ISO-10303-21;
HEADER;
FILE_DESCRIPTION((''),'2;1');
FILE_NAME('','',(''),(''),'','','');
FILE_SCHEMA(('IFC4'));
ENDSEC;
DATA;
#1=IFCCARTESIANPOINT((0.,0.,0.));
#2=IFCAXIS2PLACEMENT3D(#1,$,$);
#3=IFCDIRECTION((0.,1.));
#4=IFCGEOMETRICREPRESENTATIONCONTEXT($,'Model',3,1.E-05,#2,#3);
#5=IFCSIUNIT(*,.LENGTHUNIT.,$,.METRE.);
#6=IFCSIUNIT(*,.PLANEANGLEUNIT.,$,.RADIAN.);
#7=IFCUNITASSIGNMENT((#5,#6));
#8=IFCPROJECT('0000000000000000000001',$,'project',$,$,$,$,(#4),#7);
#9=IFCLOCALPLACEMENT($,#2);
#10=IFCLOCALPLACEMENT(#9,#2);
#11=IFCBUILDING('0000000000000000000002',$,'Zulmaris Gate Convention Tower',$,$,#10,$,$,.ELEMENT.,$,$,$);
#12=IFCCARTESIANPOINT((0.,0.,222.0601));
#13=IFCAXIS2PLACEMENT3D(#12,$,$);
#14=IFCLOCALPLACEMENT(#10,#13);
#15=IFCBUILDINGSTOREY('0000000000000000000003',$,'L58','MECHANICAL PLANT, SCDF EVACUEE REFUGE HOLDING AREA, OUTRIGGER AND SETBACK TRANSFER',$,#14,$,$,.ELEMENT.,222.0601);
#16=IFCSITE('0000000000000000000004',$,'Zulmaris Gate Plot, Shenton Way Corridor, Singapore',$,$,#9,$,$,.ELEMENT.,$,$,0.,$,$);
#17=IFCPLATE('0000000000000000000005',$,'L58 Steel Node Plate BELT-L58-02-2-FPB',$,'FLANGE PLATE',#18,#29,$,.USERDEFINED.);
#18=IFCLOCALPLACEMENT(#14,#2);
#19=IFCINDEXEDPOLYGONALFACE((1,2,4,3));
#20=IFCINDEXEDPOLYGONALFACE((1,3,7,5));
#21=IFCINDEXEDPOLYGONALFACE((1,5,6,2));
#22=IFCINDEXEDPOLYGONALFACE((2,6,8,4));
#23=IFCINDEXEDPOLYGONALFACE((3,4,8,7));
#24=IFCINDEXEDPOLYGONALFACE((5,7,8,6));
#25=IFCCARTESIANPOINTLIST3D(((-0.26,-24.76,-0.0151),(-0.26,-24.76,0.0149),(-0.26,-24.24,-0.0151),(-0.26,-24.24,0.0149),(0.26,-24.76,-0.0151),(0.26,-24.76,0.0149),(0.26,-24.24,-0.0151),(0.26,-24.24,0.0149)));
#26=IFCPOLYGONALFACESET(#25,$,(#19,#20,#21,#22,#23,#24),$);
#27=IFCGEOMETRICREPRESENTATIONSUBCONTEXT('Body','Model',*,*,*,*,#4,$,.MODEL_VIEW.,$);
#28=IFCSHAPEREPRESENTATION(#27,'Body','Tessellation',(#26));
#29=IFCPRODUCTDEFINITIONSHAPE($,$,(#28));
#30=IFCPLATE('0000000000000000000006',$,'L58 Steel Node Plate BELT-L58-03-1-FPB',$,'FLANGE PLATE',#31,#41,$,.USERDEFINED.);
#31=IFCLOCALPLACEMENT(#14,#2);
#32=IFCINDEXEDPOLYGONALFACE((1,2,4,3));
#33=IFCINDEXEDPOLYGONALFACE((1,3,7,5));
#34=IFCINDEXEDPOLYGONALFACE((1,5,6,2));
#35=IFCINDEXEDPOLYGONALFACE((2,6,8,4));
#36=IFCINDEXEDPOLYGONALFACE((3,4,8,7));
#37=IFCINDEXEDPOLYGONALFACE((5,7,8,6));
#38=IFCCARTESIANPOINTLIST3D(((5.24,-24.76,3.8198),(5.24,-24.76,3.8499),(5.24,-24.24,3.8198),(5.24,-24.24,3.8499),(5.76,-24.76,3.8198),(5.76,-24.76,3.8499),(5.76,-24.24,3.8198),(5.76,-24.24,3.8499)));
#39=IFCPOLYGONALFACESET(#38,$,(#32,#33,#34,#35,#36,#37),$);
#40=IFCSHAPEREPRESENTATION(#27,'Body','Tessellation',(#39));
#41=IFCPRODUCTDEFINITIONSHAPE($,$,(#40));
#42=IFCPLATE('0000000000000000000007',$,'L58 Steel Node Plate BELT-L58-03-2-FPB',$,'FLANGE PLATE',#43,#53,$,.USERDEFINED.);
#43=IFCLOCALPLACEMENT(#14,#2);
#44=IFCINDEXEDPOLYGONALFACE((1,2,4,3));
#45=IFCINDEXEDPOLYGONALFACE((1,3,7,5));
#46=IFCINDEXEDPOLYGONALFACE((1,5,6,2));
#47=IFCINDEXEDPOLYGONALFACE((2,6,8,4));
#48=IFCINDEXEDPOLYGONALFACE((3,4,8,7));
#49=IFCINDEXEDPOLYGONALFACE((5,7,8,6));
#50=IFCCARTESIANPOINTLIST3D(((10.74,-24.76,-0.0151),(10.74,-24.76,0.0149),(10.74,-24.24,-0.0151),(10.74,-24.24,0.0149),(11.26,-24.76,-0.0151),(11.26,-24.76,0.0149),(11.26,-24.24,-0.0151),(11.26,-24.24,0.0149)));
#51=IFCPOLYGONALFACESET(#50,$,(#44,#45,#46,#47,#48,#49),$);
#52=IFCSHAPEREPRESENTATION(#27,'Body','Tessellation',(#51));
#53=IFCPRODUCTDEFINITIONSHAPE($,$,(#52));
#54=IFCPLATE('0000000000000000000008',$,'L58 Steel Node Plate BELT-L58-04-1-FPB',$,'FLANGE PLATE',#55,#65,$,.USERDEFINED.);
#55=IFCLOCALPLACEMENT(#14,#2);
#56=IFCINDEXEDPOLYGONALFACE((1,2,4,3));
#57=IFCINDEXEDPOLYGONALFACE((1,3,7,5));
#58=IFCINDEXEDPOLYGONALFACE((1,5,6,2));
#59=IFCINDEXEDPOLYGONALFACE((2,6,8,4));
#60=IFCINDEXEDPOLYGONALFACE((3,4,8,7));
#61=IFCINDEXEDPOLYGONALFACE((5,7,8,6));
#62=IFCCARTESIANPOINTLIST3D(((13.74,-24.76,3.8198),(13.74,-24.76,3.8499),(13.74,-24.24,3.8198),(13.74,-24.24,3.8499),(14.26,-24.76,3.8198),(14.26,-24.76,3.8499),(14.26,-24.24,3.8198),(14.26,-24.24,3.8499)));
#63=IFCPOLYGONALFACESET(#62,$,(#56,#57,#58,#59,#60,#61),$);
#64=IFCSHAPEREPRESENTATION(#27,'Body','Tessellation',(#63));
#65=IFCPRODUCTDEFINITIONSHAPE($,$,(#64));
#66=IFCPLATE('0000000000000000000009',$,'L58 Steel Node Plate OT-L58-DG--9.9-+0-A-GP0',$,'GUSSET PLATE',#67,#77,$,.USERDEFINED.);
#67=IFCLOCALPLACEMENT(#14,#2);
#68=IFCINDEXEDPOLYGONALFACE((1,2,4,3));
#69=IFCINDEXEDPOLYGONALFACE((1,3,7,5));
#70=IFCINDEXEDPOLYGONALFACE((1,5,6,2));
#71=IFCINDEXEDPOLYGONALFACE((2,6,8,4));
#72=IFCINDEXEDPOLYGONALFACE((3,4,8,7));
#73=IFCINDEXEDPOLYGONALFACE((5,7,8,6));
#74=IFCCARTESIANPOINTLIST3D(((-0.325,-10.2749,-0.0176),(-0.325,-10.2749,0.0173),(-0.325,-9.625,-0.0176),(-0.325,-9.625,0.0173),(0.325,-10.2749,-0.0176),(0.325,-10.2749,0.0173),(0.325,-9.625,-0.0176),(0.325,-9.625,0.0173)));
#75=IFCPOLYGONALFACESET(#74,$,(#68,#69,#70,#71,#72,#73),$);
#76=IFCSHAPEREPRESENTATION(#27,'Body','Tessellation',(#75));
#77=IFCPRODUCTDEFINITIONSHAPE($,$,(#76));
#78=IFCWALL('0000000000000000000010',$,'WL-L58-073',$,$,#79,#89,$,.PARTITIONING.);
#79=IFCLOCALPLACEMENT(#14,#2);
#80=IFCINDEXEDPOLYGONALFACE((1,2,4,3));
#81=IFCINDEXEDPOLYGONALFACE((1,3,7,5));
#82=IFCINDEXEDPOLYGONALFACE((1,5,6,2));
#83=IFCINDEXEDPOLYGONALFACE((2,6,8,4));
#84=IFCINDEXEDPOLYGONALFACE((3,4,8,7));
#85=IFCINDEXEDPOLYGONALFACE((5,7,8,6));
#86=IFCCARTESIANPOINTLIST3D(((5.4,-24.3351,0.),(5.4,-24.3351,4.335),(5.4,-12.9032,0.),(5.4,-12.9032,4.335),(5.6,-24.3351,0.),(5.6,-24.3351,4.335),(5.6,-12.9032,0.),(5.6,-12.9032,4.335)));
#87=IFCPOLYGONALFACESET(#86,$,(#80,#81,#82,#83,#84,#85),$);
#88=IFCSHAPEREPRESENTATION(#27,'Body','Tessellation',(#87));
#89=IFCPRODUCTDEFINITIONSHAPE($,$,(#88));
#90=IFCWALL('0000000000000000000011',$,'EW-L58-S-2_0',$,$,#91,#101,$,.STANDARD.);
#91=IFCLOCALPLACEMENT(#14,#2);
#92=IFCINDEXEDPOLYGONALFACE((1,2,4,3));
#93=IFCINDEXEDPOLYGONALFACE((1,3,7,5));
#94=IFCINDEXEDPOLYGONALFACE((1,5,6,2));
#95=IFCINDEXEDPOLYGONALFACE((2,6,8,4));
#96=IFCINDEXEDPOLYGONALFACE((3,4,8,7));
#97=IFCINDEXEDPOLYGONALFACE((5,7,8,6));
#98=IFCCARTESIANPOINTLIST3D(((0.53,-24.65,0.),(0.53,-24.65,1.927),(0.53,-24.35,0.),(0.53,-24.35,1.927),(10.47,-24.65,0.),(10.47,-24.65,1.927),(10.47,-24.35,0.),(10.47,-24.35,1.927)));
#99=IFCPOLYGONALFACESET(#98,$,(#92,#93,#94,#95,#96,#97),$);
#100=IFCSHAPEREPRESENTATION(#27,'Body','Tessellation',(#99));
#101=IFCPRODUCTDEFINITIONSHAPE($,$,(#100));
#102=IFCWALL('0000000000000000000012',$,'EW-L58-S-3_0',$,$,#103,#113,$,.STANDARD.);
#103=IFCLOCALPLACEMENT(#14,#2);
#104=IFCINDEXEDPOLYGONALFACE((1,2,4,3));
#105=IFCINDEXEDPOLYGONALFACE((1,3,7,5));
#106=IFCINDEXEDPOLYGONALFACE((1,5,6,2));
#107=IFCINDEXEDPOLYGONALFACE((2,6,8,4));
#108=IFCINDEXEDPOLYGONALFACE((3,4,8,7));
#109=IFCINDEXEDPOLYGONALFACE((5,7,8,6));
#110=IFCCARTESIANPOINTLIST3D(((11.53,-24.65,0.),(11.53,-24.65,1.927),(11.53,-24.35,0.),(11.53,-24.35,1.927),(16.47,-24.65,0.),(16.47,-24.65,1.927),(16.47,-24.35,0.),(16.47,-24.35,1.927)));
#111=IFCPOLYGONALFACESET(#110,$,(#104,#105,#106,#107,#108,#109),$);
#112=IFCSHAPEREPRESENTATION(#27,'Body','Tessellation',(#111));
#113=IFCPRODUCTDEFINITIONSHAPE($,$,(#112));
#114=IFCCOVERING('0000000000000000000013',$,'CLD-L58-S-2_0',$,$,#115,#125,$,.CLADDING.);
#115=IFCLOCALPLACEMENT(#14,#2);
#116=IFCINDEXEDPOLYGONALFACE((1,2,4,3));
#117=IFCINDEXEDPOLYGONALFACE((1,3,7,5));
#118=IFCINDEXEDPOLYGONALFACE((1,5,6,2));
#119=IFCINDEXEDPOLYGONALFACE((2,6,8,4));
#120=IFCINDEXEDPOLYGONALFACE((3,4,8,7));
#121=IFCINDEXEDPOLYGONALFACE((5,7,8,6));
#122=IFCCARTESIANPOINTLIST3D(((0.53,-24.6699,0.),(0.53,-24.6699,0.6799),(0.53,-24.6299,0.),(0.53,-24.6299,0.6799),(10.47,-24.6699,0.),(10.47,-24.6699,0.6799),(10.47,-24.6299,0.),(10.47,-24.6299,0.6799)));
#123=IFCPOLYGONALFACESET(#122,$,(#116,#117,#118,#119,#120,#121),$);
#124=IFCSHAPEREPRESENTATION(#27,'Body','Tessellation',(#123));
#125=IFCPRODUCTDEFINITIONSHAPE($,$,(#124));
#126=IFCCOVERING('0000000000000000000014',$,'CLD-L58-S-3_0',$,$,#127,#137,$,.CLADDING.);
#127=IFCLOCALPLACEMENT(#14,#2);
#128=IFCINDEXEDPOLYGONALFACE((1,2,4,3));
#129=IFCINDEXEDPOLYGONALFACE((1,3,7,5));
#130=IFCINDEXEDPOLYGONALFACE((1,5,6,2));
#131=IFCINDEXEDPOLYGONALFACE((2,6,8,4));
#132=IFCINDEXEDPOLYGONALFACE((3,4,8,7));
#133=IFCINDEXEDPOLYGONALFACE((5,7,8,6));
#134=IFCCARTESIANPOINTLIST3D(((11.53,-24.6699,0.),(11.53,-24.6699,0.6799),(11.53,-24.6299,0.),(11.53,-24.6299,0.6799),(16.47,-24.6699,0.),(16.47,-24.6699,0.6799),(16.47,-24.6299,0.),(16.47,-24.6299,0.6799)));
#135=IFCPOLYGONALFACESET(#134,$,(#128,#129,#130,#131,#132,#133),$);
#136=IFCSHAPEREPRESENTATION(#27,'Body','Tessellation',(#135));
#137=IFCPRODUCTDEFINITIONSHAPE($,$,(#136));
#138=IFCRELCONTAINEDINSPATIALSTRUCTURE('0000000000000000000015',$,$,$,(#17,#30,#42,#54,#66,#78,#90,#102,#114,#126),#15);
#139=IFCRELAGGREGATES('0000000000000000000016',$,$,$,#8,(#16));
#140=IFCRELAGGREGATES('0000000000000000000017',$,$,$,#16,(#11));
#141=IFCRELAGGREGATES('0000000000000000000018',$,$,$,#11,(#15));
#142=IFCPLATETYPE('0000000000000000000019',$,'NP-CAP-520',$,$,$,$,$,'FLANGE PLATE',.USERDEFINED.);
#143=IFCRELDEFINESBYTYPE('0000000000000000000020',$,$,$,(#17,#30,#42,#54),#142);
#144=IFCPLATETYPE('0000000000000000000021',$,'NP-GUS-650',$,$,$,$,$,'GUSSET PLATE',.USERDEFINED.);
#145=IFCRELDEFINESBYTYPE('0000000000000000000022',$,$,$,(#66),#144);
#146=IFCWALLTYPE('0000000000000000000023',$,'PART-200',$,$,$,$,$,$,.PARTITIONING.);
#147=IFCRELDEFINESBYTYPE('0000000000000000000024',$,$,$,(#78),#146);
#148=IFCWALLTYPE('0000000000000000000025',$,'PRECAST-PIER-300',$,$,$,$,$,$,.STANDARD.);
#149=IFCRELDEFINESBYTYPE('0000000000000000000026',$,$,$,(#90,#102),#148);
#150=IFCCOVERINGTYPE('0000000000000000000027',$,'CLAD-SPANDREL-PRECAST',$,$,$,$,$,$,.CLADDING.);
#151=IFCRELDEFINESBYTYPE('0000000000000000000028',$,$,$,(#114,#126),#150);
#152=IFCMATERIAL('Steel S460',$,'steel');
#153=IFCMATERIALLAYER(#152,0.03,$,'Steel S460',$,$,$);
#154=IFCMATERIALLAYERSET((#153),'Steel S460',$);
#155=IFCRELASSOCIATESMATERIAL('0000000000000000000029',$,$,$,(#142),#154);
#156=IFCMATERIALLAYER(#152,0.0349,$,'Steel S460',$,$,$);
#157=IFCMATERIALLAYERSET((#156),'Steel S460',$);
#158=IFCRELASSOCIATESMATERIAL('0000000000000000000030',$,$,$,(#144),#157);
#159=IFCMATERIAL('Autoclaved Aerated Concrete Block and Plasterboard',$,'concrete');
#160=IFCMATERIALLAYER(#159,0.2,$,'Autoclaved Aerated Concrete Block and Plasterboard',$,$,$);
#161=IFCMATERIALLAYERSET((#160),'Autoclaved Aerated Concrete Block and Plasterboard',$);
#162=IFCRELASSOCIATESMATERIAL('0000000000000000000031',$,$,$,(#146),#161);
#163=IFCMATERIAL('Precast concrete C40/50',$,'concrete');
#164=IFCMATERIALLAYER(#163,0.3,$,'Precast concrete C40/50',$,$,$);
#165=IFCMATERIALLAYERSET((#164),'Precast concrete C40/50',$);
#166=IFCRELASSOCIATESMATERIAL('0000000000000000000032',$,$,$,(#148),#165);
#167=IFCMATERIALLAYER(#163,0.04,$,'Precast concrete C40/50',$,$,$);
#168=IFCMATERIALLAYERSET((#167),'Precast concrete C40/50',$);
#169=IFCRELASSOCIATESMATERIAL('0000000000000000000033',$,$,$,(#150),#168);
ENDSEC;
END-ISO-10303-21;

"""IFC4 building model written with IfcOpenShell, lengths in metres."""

from ifc_helpers import new_model, si_unit, direction, frame, frame_2d, origin, origin_2d, place, context, subcontext, project, spatial, rectangle, extrude, material, layer, layer_set, type_object, element, save


model = new_model("IFC4")

# Units and contexts
model_context = context("Model", 3, precision=1e-05, world=origin(), true_north=direction((0.0, 1.0)))
body_context = subcontext(model_context, "Body", "Model", "MODEL_VIEW")
ifc_project = project(units=[si_unit("LENGTHUNIT", "METRE"), si_unit("PLANEANGLEUNIT", "RADIAN")], contexts=[model_context])

# Site, building, storey
site_placement = place(None, origin())
site = spatial("IfcSite", under=ifc_project, at=site_placement, Name="Zulmaris Gate Plot, Shenton Way Corridor, Singapore", CompositionType="ELEMENT", RefElevation=0.0)
building_placement = place(site_placement, origin())
building = spatial("IfcBuilding", under=site, at=building_placement, Name="Zulmaris Gate Convention Tower", CompositionType="ELEMENT")
storey_placement = place(building_placement, frame((0.0, 0.0, 222.0601)))
storey = spatial("IfcBuildingStorey", under=building, at=storey_placement, Name="L58", Description="MECHANICAL PLANT, SCDF EVACUEE REFUGE HOLDING AREA, OUTRIGGER AND SETBACK TRANSFER", CompositionType="ELEMENT", Elevation=222.0601)

# Shared definitions
ifc_material_1 = material(Name="Steel S460", Category="steel")

# Plates
ifc_layer_1 = layer(ifc_material_1, 0.03, Name="Steel S460")
ifc_layer_set_1 = layer_set([ifc_layer_1], Name="Steel S460")
plate_type_1 = type_object("IfcPlateType", Name="NP-CAP-520", ElementType="FLANGE PLATE", PredefinedType="USERDEFINED", material=ifc_layer_set_1)
for number, where, z_axis, x_axis, name in (
    (1, (0.0, -24.5, -0.0151), (0.0, 0.0, 1.0), (1.0, 0.0, 0.0), "L58 Steel Node Plate BELT-L58-02-2-FPB"),
    (2, (5.5, -24.5, 3.8198), (0.0, 0.0, 1.0), (1.0, 0.0, 0.0), "L58 Steel Node Plate BELT-L58-03-1-FPB"),
    (3, (11.0, -24.5, -0.0151), (0.0, 0.0, 1.0), (1.0, 0.0, 0.0), "L58 Steel Node Plate BELT-L58-03-2-FPB"),
    (4, (14.0, -24.5, 3.8198), (0.0, 0.0, 1.0), (1.0, 0.0, 0.0), "L58 Steel Node Plate BELT-L58-04-1-FPB"),
):
    element("IfcPlate", number, at=place(storey_placement, frame(where, z_axis=z_axis, x_axis=x_axis)), inside=storey, type_object=plate_type_1, Name=name, ObjectType="FLANGE PLATE", PredefinedType="USERDEFINED", context=body_context, shape_type="SweptSolid", body=[
        extrude(rectangle(XDim=0.52, YDim=0.52, at=origin_2d()), origin(), (0.0, 0.0, 1.0), 0.03),
    ])
ifc_layer_2 = layer(ifc_material_1, 0.0349, Name="Steel S460")
ifc_layer_set_2 = layer_set([ifc_layer_2], Name="Steel S460")
plate_type_2 = type_object("IfcPlateType", Name="NP-GUS-650", ElementType="GUSSET PLATE", PredefinedType="USERDEFINED", material=ifc_layer_set_2)
plate_placement = place(storey_placement, frame((0.0, -9.95, -0.0176), z_axis=(0.0, 0.0, 1.0), x_axis=(1.0, 0.0, 0.0)))
element("IfcPlate", 5, at=plate_placement, inside=storey, type_object=plate_type_2, Name="L58 Steel Node Plate OT-L58-DG--9.9-+0-A-GP0", ObjectType="GUSSET PLATE", PredefinedType="USERDEFINED", context=body_context, shape_type="SweptSolid", body=[
    extrude(rectangle(XDim=0.6499, YDim=0.6499, at=origin_2d()), origin(), (0.0, 0.0, 1.0), 0.0349),
])

# Walls
ifc_material_2 = material(Name="Autoclaved Aerated Concrete Block and Plasterboard", Category="concrete")
ifc_layer_3 = layer(ifc_material_2, 0.2, Name="Autoclaved Aerated Concrete Block and Plasterboard")
ifc_layer_set_3 = layer_set([ifc_layer_3], Name="Autoclaved Aerated Concrete Block and Plasterboard")
wall_type_1 = type_object("IfcWallType", Name="PART-200", PredefinedType="PARTITIONING", material=ifc_layer_set_3)
wall_1_placement = place(storey_placement, frame((5.5, -24.335, 0.0), z_axis=(0.0, 0.0, 1.0), x_axis=(0.0, 1.0, 0.0)))
element("IfcWall", 6, at=wall_1_placement, inside=storey, type_object=wall_type_1, Name="WL-L58-073", PredefinedType="PARTITIONING", context=body_context, shape_type="SweptSolid", body=[
    extrude(rectangle(XDim=11.4319, YDim=0.2, at=frame_2d((5.7158, 0.0))), origin(), (0.0, 0.0, 1.0), 4.335),
])
ifc_material_3 = material(Name="Precast concrete C40/50", Category="concrete")
ifc_layer_4 = layer(ifc_material_3, 0.3, Name="Precast concrete C40/50")
ifc_layer_set_4 = layer_set([ifc_layer_4], Name="Precast concrete C40/50")
wall_type_2 = type_object("IfcWallType", Name="PRECAST-PIER-300", PredefinedType="STANDARD", material=ifc_layer_set_4)
wall_2_placement = place(storey_placement, frame((0.53, -24.5, 0.0), z_axis=(0.0, 0.0, 1.0), x_axis=(1.0, 0.0, 0.0)))
element("IfcWall", 7, at=wall_2_placement, inside=storey, type_object=wall_type_2, Name="EW-L58-S-2_0", PredefinedType="STANDARD", context=body_context, shape_type="SweptSolid", body=[
    extrude(rectangle(XDim=9.9399, YDim=0.3, at=frame_2d((4.97, 0.0))), origin(), (0.0, 0.0, 1.0), 1.927),
])
wall_3_placement = place(storey_placement, frame((11.53, -24.5, 0.0), z_axis=(0.0, 0.0, 1.0), x_axis=(1.0, 0.0, 0.0)))
element("IfcWall", 8, at=wall_3_placement, inside=storey, type_object=wall_type_2, Name="EW-L58-S-3_0", PredefinedType="STANDARD", context=body_context, shape_type="SweptSolid", body=[
    extrude(rectangle(XDim=4.9399, YDim=0.3, at=frame_2d((2.47, 0.0))), origin(), (0.0, 0.0, 1.0), 1.927),
])

# Coverings
ifc_layer_5 = layer(ifc_material_3, 0.04, Name="Precast concrete C40/50")
ifc_layer_set_5 = layer_set([ifc_layer_5], Name="Precast concrete C40/50")
covering_type = type_object("IfcCoveringType", Name="CLAD-SPANDREL-PRECAST", PredefinedType="CLADDING", material=ifc_layer_set_5)
covering_1_placement = place(storey_placement, frame((0.53, -24.6499, 0.0), z_axis=(0.0, 0.0, 1.0), x_axis=(1.0, 0.0, 0.0)))
element("IfcCovering", 9, at=covering_1_placement, inside=storey, type_object=covering_type, Name="CLD-L58-S-2_0", PredefinedType="CLADDING", context=body_context, shape_type="SweptSolid", body=[
    extrude(rectangle(XDim=9.9399, YDim=0.04, at=frame_2d((4.97, 0.0))), origin(), (0.0, 0.0, 1.0), 0.6799),
])
covering_2_placement = place(storey_placement, frame((11.53, -24.6499, 0.0), z_axis=(0.0, 0.0, 1.0), x_axis=(1.0, 0.0, 0.0)))
element("IfcCovering", 10, at=covering_2_placement, inside=storey, type_object=covering_type, Name="CLD-L58-S-3_0", PredefinedType="CLADDING", context=body_context, shape_type="SweptSolid", body=[
    extrude(rectangle(XDim=4.9399, YDim=0.04, at=frame_2d((2.47, 0.0))), origin(), (0.0, 0.0, 1.0), 0.6799),
])

save(model, "model.ifc")
